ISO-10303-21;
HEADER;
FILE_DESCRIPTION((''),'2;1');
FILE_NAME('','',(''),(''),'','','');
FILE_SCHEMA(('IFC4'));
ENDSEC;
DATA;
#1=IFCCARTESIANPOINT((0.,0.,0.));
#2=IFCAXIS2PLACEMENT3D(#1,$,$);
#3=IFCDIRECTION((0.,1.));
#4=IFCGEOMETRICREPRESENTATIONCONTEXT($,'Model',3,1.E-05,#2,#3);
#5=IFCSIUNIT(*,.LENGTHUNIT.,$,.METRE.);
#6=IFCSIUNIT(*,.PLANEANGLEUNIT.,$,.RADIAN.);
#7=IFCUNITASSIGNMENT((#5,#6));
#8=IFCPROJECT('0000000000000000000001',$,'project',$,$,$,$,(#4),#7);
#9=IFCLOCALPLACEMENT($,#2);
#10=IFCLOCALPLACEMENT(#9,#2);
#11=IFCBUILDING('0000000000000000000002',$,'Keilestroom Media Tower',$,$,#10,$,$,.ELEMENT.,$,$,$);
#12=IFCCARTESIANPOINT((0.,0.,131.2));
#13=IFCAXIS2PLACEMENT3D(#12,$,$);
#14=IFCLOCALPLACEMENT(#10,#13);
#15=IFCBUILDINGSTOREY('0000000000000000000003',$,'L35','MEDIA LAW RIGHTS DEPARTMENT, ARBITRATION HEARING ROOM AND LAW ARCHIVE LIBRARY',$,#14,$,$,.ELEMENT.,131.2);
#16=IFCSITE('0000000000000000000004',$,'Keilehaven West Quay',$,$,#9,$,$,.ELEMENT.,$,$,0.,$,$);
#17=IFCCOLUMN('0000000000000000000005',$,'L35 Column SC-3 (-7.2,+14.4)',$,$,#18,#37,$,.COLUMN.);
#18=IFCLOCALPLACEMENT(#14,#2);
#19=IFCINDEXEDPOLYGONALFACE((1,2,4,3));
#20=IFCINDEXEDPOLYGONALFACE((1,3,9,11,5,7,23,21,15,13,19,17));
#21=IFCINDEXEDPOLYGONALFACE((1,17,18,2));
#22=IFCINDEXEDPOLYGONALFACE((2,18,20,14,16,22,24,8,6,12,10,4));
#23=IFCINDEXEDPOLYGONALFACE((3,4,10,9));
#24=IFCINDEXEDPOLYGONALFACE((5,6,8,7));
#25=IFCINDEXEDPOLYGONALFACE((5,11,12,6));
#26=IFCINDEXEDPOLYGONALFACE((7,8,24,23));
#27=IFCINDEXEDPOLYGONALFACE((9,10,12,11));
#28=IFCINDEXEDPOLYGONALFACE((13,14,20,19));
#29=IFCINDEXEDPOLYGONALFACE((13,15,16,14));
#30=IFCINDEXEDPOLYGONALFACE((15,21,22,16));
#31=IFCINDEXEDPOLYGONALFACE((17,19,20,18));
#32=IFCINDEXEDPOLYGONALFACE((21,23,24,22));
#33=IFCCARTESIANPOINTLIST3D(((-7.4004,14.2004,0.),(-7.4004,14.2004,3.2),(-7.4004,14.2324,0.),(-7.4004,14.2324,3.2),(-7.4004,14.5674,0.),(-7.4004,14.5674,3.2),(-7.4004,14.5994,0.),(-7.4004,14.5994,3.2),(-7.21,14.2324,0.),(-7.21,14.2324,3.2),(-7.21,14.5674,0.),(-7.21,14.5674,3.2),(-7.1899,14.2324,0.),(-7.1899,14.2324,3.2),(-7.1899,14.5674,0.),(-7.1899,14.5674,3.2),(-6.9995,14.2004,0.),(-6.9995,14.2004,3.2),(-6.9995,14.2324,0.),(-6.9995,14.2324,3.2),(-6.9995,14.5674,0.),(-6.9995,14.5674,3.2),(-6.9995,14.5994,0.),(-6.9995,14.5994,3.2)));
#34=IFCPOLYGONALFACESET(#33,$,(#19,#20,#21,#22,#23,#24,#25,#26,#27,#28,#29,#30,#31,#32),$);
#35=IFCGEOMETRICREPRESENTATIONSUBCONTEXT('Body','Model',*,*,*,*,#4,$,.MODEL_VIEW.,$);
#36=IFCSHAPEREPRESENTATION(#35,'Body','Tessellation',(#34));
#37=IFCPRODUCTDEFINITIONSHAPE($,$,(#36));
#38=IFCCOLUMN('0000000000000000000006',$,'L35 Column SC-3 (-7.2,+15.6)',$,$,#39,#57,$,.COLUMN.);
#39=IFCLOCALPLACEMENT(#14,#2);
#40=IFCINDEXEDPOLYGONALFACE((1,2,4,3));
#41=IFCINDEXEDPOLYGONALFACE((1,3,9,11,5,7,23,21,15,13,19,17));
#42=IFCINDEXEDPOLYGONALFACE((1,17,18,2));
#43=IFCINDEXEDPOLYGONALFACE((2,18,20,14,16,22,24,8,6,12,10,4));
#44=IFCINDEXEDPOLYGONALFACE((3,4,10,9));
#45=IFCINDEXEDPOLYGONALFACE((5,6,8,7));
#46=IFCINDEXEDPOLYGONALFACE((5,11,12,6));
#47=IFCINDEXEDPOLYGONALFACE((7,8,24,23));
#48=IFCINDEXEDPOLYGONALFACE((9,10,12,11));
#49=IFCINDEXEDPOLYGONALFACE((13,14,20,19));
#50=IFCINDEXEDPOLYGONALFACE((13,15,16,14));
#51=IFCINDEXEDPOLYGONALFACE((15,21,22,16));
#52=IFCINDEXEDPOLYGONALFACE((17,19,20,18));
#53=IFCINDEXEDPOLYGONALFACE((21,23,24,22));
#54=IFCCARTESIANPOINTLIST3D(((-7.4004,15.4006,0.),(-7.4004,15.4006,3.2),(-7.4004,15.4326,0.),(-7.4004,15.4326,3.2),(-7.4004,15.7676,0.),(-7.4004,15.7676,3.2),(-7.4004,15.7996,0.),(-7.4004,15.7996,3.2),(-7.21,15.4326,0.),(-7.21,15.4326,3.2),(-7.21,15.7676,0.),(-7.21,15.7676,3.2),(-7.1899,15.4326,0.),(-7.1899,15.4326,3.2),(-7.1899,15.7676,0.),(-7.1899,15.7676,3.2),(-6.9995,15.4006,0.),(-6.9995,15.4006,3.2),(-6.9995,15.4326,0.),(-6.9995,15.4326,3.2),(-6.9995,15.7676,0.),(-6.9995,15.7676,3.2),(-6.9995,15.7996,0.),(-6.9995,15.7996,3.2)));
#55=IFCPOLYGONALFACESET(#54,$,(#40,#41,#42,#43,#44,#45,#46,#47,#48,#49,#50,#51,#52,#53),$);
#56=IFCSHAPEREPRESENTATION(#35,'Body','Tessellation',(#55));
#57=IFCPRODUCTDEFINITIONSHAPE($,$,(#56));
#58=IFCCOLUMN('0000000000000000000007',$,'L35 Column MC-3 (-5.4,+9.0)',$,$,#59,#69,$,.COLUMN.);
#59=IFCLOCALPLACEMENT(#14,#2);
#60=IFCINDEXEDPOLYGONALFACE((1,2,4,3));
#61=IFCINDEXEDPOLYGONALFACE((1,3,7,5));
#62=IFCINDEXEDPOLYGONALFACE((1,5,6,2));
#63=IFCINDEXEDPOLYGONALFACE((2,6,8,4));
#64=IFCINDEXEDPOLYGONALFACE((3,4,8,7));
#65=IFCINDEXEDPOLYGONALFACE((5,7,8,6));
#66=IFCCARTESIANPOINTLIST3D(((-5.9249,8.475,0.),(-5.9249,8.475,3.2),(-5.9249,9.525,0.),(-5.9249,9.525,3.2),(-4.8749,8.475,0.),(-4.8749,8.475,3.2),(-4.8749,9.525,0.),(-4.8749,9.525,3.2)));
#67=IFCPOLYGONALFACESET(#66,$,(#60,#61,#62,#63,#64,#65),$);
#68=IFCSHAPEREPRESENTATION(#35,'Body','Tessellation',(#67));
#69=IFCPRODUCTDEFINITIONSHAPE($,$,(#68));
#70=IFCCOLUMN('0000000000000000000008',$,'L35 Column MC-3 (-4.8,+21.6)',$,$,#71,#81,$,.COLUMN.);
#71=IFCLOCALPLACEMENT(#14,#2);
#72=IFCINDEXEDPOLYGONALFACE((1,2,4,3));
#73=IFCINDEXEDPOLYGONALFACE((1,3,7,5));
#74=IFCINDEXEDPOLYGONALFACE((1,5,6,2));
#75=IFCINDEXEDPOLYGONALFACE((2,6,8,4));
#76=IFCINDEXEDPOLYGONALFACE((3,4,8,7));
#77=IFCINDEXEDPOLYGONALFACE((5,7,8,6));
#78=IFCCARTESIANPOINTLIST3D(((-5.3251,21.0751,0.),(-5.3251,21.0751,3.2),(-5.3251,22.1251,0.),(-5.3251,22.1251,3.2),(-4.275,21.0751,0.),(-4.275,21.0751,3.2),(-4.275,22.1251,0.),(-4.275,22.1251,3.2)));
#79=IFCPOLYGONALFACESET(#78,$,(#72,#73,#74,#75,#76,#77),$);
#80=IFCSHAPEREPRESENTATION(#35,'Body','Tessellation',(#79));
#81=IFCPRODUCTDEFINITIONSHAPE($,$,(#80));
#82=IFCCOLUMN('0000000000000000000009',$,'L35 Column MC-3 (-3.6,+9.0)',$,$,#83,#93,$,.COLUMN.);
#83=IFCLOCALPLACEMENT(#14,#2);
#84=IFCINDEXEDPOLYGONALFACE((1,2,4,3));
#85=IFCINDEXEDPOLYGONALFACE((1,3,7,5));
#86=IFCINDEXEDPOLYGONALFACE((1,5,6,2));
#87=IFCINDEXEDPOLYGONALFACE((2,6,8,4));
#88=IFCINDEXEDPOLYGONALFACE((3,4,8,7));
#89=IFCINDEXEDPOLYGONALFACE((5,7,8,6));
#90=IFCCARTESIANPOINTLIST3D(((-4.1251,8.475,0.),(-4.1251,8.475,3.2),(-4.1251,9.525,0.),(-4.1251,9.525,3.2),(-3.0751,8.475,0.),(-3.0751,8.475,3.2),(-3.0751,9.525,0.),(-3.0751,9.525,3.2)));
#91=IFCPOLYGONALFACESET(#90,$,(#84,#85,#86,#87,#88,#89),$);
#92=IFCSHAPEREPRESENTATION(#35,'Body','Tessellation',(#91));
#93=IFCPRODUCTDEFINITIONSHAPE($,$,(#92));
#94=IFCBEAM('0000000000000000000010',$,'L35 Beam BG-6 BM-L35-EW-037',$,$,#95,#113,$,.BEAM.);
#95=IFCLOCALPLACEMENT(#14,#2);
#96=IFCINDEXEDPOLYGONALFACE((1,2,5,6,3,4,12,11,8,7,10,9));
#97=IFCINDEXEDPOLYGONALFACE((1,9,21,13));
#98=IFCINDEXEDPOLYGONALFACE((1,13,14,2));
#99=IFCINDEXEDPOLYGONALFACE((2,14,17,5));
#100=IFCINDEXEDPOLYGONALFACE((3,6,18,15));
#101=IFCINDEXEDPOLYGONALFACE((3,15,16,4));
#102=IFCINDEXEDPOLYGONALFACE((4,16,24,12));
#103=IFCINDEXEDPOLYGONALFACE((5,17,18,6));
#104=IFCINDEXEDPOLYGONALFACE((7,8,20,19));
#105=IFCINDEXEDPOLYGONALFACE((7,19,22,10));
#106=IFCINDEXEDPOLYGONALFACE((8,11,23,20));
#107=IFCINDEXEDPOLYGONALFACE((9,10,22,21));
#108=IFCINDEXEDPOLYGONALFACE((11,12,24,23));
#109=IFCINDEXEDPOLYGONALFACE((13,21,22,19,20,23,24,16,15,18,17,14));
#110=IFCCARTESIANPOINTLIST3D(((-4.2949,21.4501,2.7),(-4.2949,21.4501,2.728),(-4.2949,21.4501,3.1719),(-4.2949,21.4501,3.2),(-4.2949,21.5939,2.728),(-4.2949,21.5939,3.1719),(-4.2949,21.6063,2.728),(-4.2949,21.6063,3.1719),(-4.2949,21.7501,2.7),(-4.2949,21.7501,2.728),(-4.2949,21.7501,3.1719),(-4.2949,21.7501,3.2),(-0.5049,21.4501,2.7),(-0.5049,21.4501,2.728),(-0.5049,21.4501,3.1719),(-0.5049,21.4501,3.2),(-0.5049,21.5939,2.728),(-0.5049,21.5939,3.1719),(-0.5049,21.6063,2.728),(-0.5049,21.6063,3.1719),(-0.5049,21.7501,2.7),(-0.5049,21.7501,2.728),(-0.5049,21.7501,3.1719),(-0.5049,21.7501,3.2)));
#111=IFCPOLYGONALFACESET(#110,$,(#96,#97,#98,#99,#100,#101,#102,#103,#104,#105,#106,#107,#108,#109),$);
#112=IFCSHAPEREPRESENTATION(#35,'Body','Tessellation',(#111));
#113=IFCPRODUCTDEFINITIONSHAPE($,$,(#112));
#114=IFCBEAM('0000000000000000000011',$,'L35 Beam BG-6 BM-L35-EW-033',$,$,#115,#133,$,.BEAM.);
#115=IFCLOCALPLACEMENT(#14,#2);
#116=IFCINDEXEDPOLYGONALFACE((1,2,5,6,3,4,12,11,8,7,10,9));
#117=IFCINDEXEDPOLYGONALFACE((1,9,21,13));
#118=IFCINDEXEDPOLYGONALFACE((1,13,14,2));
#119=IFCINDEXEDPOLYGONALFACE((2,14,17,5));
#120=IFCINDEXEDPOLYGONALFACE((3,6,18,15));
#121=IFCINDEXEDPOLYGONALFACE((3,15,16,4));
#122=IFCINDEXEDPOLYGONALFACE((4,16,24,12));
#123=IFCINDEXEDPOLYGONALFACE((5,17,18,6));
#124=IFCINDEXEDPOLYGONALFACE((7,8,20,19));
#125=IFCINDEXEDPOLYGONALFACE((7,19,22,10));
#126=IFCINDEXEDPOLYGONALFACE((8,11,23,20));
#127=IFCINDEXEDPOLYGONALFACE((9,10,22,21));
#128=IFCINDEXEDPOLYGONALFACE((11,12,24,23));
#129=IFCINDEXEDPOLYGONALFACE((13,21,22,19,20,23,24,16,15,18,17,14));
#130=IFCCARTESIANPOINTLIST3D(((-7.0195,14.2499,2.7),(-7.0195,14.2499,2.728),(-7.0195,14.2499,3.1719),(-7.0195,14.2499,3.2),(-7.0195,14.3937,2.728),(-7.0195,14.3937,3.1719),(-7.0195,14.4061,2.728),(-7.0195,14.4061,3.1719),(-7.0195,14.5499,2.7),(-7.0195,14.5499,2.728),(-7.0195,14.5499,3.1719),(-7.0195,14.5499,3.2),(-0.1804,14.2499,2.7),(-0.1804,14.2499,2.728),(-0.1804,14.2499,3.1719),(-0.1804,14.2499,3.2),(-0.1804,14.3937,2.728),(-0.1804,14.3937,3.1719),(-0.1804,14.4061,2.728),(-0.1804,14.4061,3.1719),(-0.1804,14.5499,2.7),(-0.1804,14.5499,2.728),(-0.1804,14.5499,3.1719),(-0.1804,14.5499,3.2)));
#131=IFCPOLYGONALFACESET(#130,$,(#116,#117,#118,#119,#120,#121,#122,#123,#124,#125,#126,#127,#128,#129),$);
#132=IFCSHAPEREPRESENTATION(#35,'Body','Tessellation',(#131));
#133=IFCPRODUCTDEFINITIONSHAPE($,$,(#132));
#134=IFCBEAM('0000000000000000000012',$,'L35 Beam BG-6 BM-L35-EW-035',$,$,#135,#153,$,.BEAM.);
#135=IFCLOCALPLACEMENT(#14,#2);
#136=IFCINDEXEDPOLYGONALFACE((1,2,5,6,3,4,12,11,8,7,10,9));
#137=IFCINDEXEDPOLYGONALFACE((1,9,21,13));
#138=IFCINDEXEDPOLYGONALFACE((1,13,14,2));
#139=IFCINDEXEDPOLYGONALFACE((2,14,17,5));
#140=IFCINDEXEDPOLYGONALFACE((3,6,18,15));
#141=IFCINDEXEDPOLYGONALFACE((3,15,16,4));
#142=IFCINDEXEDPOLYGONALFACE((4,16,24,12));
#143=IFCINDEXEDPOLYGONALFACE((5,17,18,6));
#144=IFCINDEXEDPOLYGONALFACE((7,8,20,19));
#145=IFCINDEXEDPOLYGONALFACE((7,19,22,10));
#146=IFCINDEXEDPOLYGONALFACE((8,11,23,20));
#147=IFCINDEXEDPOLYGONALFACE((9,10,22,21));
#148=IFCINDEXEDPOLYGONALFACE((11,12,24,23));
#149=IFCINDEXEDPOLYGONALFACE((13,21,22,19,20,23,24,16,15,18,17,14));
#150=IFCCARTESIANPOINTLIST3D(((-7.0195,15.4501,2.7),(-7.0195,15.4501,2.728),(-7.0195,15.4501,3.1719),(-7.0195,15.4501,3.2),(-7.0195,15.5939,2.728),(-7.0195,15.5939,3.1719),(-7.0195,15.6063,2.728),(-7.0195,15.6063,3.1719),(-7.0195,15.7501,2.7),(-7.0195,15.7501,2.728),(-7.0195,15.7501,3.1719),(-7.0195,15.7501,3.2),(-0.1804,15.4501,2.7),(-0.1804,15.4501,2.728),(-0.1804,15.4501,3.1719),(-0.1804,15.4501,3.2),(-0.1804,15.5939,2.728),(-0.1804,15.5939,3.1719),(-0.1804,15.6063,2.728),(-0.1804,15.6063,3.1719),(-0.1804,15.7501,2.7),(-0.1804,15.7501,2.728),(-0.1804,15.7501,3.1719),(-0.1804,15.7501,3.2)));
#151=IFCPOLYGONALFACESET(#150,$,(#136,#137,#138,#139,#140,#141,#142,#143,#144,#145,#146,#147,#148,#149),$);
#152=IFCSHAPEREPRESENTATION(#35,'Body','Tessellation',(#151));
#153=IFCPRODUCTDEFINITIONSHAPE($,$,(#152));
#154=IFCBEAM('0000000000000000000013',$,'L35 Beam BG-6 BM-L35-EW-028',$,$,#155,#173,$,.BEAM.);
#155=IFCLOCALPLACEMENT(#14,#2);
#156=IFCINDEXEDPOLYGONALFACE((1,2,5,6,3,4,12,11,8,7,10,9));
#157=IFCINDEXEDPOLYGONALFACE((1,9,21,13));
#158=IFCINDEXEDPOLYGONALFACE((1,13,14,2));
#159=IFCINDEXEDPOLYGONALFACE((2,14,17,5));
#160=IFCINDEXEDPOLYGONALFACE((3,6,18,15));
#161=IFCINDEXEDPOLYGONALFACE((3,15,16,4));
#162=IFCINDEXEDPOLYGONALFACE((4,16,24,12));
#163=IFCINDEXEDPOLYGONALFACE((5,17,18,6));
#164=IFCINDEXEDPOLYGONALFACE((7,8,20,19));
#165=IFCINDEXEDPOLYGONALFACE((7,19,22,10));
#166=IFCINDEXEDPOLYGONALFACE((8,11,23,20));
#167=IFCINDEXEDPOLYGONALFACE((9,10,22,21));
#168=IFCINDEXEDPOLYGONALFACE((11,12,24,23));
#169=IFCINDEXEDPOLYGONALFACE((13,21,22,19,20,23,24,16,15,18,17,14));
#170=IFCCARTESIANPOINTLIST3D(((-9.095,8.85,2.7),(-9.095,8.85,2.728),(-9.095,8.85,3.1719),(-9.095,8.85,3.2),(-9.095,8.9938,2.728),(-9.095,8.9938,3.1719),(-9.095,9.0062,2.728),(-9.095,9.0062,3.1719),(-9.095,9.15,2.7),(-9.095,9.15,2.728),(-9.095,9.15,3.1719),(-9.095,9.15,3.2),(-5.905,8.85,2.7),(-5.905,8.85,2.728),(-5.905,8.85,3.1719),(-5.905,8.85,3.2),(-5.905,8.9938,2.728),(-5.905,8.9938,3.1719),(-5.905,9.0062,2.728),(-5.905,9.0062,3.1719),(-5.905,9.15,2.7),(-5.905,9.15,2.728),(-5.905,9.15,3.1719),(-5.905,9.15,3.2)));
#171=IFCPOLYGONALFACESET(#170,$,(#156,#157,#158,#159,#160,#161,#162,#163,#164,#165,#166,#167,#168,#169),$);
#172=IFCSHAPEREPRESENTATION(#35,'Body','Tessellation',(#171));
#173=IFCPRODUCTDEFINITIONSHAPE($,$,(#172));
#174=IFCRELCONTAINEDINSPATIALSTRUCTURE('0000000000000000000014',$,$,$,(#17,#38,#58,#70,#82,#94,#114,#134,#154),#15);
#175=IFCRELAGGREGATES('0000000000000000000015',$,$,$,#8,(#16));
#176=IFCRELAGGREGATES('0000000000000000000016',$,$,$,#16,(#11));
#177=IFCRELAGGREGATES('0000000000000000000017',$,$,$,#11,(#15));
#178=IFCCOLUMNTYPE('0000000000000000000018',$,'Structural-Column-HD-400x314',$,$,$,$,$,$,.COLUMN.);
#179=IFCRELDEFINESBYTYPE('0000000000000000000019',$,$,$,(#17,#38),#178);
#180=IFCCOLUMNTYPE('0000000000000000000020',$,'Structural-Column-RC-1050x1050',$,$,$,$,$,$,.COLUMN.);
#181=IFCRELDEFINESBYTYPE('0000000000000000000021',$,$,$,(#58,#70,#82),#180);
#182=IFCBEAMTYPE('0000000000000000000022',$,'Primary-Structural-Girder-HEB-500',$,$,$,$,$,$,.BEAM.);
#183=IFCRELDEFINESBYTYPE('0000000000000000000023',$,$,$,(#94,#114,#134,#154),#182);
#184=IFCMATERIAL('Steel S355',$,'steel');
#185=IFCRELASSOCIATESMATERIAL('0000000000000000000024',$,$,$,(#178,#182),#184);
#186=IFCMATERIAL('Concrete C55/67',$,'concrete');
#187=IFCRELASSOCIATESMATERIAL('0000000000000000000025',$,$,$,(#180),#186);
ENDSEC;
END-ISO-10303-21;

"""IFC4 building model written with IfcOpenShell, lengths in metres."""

from ifc_helpers import new_model, si_unit, direction, frame, origin, origin_2d, place, context, subcontext, project, spatial, rectangle, i_section, extrude, source, transform, mapped, material, material_profile, profile_set, type_object, element, save


model = new_model("IFC4")

# Units and contexts
model_context = context("Model", 3, precision=1e-05, world=origin(), true_north=direction((0.0, 1.0)))
body_context = subcontext(model_context, "Body", "Model", "MODEL_VIEW")
ifc_project = project(units=[si_unit("LENGTHUNIT", "METRE"), si_unit("PLANEANGLEUNIT", "RADIAN")], contexts=[model_context])

# Site, building, storey
site_placement = place(None, origin())
site = spatial("IfcSite", under=ifc_project, at=site_placement, Name="Keilehaven West Quay", CompositionType="ELEMENT", RefElevation=0.0)
building_placement = place(site_placement, origin())
building = spatial("IfcBuilding", under=site, at=building_placement, Name="Keilestroom Media Tower", CompositionType="ELEMENT")
storey_placement = place(building_placement, frame((0.0, 0.0, 131.2)))
storey = spatial("IfcBuildingStorey", under=building, at=storey_placement, Name="L35", Description="MEDIA LAW RIGHTS DEPARTMENT, ARBITRATION HEARING ROOM AND LAW ARCHIVE LIBRARY", CompositionType="ELEMENT", Elevation=131.2)

# Columns
ifc_material_1 = material(Name="Steel S355", Category="steel")
ifc_material_profile_1 = material_profile(ifc_material_1, i_section(OverallWidth=0.4009, OverallDepth=0.3989, WebThickness=0.02, FlangeThickness=0.032, at=origin_2d()), Name="HD 400x314")
ifc_profile_set_1 = profile_set([ifc_material_profile_1], Name="Steel S355")
column_type_1 = type_object("IfcColumnType", Name="Structural-Column-HD-400x314", PredefinedType="COLUMN", material=ifc_profile_set_1)
shared_shape_1 = source(origin(), body_context, "Body", "SweptSolid", [
    extrude(i_section(OverallWidth=0.4009, OverallDepth=0.3989, WebThickness=0.02, FlangeThickness=0.032, at=origin_2d()), origin(), (0.0, 0.0, 1.0), 3.2),
])
for number, where, z_axis, x_axis, name in (
    (1, (-7.2, 14.3999, 0.0), (0.0, 0.0, 1.0), (1.0, 0.0, 0.0), "L35 Column SC-3 (-7.2,+14.4)"),
    (2, (-7.2, 15.6001, 0.0), (0.0, 0.0, 1.0), (1.0, 0.0, 0.0), "L35 Column SC-3 (-7.2,+15.6)"),
):
    element("IfcColumn", number, at=place(storey_placement, frame(where, z_axis=z_axis, x_axis=x_axis)), inside=storey, type_object=column_type_1, Name=name, PredefinedType="COLUMN", context=body_context, shape_type="MappedRepresentation", body=[
        mapped(shared_shape_1, transform((0.0, 0.0, 0.0), x_axis=(1.0, 0.0, 0.0), y_axis=(0.0, 1.0, 0.0), z_axis=(0.0, 0.0, 1.0), scale=1.0)),
    ])
ifc_material_2 = material(Name="Concrete C55/67", Category="concrete")
ifc_material_profile_2 = material_profile(ifc_material_2, rectangle(XDim=1.05, YDim=1.05, at=origin_2d()), Name="RC 1050x1050")
ifc_profile_set_2 = profile_set([ifc_material_profile_2], Name="Concrete C55/67")
column_type_2 = type_object("IfcColumnType", Name="Structural-Column-RC-1050x1050", PredefinedType="COLUMN", material=ifc_profile_set_2)
shared_shape_2 = source(origin(), body_context, "Body", "SweptSolid", [
    extrude(rectangle(XDim=1.05, YDim=1.05, at=origin_2d()), origin(), (0.0, 0.0, 1.0), 3.2),
])
for number, where, z_axis, x_axis, name in (
    (3, (-5.3999, 9.0, 0.0), (0.0, 0.0, 1.0), (1.0, 0.0, 0.0), "L35 Column MC-3 (-5.4,+9.0)"),
    (4, (-4.8, 21.6001, 0.0), (0.0, 0.0, 1.0), (1.0, 0.0, 0.0), "L35 Column MC-3 (-4.8,+21.6)"),
    (5, (-3.6001, 9.0, 0.0), (0.0, 0.0, 1.0), (1.0, 0.0, 0.0), "L35 Column MC-3 (-3.6,+9.0)"),
):
    element("IfcColumn", number, at=place(storey_placement, frame(where, z_axis=z_axis, x_axis=x_axis)), inside=storey, type_object=column_type_2, Name=name, PredefinedType="COLUMN", context=body_context, shape_type="MappedRepresentation", body=[
        mapped(shared_shape_2, transform((0.0, 0.0, 0.0), x_axis=(1.0, 0.0, 0.0), y_axis=(0.0, 1.0, 0.0), z_axis=(0.0, 0.0, 1.0), scale=1.0)),
    ])

# Beams
ifc_material_profile_3 = material_profile(ifc_material_1, i_section(OverallWidth=0.3, OverallDepth=0.5, WebThickness=0.0125, FlangeThickness=0.0281, at=origin_2d()), Name="HEB 500")
ifc_profile_set_3 = profile_set([ifc_material_profile_3], Name="Steel S355")
beam_type = type_object("IfcBeamType", Name="Primary-Structural-Girder-HEB-500", PredefinedType="BEAM", material=ifc_profile_set_3)
shared_shape_3 = source(origin(), body_context, "Body", "SweptSolid", [
    extrude(i_section(OverallWidth=0.3, OverallDepth=0.5, WebThickness=0.0125, FlangeThickness=0.0281, at=origin_2d()), origin(), (0.0, 0.0, 1.0), 3.79),
])
beam_1_placement = place(storey_placement, frame((-4.2949, 21.6001, 2.95), z_axis=(1.0, 0.0, 0.0), x_axis=(0.0, 1.0, 0.0)))
element("IfcBeam", 6, at=beam_1_placement, inside=storey, type_object=beam_type, Name="L35 Beam BG-6 BM-L35-EW-037", PredefinedType="BEAM", context=body_context, shape_type="MappedRepresentation", body=[
    mapped(shared_shape_3, transform((0.0, 0.0, 0.0), x_axis=(1.0, 0.0, 0.0), y_axis=(0.0, 1.0, 0.0), z_axis=(0.0, 0.0, 1.0), scale=1.0)),
])
shared_shape_4 = source(origin(), body_context, "Body", "SweptSolid", [
    extrude(i_section(OverallWidth=0.3, OverallDepth=0.5, WebThickness=0.0125, FlangeThickness=0.0281, at=origin_2d()), origin(), (0.0, 0.0, 1.0), 6.8391),
])
for number, where, z_axis, x_axis, name in (
    (7, (-7.0195, 14.3999, 2.95), (1.0, 0.0, 0.0), (0.0, 1.0, 0.0), "L35 Beam BG-6 BM-L35-EW-033"),
    (8, (-7.0195, 15.6001, 2.95), (1.0, 0.0, 0.0), (0.0, 1.0, 0.0), "L35 Beam BG-6 BM-L35-EW-035"),
):
    element("IfcBeam", number, at=place(storey_placement, frame(where, z_axis=z_axis, x_axis=x_axis)), inside=storey, type_object=beam_type, Name=name, PredefinedType="BEAM", context=body_context, shape_type="MappedRepresentation", body=[
        mapped(shared_shape_4, transform((0.0, 0.0, 0.0), x_axis=(1.0, 0.0, 0.0), y_axis=(0.0, 1.0, 0.0), z_axis=(0.0, 0.0, 1.0), scale=1.0)),
    ])
shared_shape_5 = source(origin(), body_context, "Body", "SweptSolid", [
    extrude(i_section(OverallWidth=0.3, OverallDepth=0.5, WebThickness=0.0125, FlangeThickness=0.0281, at=origin_2d()), origin(), (0.0, 0.0, 1.0), 3.1899),
])
beam_2_placement = place(storey_placement, frame((-9.095, 9.0, 2.95), z_axis=(1.0, 0.0, 0.0), x_axis=(0.0, 1.0, 0.0)))
element("IfcBeam", 9, at=beam_2_placement, inside=storey, type_object=beam_type, Name="L35 Beam BG-6 BM-L35-EW-028", PredefinedType="BEAM", context=body_context, shape_type="MappedRepresentation", body=[
    mapped(shared_shape_5, transform((0.0, 0.0, 0.0), x_axis=(1.0, 0.0, 0.0), y_axis=(0.0, 1.0, 0.0), z_axis=(0.0, 0.0, 1.0), scale=1.0)),
])

save(model, "model.ifc")
